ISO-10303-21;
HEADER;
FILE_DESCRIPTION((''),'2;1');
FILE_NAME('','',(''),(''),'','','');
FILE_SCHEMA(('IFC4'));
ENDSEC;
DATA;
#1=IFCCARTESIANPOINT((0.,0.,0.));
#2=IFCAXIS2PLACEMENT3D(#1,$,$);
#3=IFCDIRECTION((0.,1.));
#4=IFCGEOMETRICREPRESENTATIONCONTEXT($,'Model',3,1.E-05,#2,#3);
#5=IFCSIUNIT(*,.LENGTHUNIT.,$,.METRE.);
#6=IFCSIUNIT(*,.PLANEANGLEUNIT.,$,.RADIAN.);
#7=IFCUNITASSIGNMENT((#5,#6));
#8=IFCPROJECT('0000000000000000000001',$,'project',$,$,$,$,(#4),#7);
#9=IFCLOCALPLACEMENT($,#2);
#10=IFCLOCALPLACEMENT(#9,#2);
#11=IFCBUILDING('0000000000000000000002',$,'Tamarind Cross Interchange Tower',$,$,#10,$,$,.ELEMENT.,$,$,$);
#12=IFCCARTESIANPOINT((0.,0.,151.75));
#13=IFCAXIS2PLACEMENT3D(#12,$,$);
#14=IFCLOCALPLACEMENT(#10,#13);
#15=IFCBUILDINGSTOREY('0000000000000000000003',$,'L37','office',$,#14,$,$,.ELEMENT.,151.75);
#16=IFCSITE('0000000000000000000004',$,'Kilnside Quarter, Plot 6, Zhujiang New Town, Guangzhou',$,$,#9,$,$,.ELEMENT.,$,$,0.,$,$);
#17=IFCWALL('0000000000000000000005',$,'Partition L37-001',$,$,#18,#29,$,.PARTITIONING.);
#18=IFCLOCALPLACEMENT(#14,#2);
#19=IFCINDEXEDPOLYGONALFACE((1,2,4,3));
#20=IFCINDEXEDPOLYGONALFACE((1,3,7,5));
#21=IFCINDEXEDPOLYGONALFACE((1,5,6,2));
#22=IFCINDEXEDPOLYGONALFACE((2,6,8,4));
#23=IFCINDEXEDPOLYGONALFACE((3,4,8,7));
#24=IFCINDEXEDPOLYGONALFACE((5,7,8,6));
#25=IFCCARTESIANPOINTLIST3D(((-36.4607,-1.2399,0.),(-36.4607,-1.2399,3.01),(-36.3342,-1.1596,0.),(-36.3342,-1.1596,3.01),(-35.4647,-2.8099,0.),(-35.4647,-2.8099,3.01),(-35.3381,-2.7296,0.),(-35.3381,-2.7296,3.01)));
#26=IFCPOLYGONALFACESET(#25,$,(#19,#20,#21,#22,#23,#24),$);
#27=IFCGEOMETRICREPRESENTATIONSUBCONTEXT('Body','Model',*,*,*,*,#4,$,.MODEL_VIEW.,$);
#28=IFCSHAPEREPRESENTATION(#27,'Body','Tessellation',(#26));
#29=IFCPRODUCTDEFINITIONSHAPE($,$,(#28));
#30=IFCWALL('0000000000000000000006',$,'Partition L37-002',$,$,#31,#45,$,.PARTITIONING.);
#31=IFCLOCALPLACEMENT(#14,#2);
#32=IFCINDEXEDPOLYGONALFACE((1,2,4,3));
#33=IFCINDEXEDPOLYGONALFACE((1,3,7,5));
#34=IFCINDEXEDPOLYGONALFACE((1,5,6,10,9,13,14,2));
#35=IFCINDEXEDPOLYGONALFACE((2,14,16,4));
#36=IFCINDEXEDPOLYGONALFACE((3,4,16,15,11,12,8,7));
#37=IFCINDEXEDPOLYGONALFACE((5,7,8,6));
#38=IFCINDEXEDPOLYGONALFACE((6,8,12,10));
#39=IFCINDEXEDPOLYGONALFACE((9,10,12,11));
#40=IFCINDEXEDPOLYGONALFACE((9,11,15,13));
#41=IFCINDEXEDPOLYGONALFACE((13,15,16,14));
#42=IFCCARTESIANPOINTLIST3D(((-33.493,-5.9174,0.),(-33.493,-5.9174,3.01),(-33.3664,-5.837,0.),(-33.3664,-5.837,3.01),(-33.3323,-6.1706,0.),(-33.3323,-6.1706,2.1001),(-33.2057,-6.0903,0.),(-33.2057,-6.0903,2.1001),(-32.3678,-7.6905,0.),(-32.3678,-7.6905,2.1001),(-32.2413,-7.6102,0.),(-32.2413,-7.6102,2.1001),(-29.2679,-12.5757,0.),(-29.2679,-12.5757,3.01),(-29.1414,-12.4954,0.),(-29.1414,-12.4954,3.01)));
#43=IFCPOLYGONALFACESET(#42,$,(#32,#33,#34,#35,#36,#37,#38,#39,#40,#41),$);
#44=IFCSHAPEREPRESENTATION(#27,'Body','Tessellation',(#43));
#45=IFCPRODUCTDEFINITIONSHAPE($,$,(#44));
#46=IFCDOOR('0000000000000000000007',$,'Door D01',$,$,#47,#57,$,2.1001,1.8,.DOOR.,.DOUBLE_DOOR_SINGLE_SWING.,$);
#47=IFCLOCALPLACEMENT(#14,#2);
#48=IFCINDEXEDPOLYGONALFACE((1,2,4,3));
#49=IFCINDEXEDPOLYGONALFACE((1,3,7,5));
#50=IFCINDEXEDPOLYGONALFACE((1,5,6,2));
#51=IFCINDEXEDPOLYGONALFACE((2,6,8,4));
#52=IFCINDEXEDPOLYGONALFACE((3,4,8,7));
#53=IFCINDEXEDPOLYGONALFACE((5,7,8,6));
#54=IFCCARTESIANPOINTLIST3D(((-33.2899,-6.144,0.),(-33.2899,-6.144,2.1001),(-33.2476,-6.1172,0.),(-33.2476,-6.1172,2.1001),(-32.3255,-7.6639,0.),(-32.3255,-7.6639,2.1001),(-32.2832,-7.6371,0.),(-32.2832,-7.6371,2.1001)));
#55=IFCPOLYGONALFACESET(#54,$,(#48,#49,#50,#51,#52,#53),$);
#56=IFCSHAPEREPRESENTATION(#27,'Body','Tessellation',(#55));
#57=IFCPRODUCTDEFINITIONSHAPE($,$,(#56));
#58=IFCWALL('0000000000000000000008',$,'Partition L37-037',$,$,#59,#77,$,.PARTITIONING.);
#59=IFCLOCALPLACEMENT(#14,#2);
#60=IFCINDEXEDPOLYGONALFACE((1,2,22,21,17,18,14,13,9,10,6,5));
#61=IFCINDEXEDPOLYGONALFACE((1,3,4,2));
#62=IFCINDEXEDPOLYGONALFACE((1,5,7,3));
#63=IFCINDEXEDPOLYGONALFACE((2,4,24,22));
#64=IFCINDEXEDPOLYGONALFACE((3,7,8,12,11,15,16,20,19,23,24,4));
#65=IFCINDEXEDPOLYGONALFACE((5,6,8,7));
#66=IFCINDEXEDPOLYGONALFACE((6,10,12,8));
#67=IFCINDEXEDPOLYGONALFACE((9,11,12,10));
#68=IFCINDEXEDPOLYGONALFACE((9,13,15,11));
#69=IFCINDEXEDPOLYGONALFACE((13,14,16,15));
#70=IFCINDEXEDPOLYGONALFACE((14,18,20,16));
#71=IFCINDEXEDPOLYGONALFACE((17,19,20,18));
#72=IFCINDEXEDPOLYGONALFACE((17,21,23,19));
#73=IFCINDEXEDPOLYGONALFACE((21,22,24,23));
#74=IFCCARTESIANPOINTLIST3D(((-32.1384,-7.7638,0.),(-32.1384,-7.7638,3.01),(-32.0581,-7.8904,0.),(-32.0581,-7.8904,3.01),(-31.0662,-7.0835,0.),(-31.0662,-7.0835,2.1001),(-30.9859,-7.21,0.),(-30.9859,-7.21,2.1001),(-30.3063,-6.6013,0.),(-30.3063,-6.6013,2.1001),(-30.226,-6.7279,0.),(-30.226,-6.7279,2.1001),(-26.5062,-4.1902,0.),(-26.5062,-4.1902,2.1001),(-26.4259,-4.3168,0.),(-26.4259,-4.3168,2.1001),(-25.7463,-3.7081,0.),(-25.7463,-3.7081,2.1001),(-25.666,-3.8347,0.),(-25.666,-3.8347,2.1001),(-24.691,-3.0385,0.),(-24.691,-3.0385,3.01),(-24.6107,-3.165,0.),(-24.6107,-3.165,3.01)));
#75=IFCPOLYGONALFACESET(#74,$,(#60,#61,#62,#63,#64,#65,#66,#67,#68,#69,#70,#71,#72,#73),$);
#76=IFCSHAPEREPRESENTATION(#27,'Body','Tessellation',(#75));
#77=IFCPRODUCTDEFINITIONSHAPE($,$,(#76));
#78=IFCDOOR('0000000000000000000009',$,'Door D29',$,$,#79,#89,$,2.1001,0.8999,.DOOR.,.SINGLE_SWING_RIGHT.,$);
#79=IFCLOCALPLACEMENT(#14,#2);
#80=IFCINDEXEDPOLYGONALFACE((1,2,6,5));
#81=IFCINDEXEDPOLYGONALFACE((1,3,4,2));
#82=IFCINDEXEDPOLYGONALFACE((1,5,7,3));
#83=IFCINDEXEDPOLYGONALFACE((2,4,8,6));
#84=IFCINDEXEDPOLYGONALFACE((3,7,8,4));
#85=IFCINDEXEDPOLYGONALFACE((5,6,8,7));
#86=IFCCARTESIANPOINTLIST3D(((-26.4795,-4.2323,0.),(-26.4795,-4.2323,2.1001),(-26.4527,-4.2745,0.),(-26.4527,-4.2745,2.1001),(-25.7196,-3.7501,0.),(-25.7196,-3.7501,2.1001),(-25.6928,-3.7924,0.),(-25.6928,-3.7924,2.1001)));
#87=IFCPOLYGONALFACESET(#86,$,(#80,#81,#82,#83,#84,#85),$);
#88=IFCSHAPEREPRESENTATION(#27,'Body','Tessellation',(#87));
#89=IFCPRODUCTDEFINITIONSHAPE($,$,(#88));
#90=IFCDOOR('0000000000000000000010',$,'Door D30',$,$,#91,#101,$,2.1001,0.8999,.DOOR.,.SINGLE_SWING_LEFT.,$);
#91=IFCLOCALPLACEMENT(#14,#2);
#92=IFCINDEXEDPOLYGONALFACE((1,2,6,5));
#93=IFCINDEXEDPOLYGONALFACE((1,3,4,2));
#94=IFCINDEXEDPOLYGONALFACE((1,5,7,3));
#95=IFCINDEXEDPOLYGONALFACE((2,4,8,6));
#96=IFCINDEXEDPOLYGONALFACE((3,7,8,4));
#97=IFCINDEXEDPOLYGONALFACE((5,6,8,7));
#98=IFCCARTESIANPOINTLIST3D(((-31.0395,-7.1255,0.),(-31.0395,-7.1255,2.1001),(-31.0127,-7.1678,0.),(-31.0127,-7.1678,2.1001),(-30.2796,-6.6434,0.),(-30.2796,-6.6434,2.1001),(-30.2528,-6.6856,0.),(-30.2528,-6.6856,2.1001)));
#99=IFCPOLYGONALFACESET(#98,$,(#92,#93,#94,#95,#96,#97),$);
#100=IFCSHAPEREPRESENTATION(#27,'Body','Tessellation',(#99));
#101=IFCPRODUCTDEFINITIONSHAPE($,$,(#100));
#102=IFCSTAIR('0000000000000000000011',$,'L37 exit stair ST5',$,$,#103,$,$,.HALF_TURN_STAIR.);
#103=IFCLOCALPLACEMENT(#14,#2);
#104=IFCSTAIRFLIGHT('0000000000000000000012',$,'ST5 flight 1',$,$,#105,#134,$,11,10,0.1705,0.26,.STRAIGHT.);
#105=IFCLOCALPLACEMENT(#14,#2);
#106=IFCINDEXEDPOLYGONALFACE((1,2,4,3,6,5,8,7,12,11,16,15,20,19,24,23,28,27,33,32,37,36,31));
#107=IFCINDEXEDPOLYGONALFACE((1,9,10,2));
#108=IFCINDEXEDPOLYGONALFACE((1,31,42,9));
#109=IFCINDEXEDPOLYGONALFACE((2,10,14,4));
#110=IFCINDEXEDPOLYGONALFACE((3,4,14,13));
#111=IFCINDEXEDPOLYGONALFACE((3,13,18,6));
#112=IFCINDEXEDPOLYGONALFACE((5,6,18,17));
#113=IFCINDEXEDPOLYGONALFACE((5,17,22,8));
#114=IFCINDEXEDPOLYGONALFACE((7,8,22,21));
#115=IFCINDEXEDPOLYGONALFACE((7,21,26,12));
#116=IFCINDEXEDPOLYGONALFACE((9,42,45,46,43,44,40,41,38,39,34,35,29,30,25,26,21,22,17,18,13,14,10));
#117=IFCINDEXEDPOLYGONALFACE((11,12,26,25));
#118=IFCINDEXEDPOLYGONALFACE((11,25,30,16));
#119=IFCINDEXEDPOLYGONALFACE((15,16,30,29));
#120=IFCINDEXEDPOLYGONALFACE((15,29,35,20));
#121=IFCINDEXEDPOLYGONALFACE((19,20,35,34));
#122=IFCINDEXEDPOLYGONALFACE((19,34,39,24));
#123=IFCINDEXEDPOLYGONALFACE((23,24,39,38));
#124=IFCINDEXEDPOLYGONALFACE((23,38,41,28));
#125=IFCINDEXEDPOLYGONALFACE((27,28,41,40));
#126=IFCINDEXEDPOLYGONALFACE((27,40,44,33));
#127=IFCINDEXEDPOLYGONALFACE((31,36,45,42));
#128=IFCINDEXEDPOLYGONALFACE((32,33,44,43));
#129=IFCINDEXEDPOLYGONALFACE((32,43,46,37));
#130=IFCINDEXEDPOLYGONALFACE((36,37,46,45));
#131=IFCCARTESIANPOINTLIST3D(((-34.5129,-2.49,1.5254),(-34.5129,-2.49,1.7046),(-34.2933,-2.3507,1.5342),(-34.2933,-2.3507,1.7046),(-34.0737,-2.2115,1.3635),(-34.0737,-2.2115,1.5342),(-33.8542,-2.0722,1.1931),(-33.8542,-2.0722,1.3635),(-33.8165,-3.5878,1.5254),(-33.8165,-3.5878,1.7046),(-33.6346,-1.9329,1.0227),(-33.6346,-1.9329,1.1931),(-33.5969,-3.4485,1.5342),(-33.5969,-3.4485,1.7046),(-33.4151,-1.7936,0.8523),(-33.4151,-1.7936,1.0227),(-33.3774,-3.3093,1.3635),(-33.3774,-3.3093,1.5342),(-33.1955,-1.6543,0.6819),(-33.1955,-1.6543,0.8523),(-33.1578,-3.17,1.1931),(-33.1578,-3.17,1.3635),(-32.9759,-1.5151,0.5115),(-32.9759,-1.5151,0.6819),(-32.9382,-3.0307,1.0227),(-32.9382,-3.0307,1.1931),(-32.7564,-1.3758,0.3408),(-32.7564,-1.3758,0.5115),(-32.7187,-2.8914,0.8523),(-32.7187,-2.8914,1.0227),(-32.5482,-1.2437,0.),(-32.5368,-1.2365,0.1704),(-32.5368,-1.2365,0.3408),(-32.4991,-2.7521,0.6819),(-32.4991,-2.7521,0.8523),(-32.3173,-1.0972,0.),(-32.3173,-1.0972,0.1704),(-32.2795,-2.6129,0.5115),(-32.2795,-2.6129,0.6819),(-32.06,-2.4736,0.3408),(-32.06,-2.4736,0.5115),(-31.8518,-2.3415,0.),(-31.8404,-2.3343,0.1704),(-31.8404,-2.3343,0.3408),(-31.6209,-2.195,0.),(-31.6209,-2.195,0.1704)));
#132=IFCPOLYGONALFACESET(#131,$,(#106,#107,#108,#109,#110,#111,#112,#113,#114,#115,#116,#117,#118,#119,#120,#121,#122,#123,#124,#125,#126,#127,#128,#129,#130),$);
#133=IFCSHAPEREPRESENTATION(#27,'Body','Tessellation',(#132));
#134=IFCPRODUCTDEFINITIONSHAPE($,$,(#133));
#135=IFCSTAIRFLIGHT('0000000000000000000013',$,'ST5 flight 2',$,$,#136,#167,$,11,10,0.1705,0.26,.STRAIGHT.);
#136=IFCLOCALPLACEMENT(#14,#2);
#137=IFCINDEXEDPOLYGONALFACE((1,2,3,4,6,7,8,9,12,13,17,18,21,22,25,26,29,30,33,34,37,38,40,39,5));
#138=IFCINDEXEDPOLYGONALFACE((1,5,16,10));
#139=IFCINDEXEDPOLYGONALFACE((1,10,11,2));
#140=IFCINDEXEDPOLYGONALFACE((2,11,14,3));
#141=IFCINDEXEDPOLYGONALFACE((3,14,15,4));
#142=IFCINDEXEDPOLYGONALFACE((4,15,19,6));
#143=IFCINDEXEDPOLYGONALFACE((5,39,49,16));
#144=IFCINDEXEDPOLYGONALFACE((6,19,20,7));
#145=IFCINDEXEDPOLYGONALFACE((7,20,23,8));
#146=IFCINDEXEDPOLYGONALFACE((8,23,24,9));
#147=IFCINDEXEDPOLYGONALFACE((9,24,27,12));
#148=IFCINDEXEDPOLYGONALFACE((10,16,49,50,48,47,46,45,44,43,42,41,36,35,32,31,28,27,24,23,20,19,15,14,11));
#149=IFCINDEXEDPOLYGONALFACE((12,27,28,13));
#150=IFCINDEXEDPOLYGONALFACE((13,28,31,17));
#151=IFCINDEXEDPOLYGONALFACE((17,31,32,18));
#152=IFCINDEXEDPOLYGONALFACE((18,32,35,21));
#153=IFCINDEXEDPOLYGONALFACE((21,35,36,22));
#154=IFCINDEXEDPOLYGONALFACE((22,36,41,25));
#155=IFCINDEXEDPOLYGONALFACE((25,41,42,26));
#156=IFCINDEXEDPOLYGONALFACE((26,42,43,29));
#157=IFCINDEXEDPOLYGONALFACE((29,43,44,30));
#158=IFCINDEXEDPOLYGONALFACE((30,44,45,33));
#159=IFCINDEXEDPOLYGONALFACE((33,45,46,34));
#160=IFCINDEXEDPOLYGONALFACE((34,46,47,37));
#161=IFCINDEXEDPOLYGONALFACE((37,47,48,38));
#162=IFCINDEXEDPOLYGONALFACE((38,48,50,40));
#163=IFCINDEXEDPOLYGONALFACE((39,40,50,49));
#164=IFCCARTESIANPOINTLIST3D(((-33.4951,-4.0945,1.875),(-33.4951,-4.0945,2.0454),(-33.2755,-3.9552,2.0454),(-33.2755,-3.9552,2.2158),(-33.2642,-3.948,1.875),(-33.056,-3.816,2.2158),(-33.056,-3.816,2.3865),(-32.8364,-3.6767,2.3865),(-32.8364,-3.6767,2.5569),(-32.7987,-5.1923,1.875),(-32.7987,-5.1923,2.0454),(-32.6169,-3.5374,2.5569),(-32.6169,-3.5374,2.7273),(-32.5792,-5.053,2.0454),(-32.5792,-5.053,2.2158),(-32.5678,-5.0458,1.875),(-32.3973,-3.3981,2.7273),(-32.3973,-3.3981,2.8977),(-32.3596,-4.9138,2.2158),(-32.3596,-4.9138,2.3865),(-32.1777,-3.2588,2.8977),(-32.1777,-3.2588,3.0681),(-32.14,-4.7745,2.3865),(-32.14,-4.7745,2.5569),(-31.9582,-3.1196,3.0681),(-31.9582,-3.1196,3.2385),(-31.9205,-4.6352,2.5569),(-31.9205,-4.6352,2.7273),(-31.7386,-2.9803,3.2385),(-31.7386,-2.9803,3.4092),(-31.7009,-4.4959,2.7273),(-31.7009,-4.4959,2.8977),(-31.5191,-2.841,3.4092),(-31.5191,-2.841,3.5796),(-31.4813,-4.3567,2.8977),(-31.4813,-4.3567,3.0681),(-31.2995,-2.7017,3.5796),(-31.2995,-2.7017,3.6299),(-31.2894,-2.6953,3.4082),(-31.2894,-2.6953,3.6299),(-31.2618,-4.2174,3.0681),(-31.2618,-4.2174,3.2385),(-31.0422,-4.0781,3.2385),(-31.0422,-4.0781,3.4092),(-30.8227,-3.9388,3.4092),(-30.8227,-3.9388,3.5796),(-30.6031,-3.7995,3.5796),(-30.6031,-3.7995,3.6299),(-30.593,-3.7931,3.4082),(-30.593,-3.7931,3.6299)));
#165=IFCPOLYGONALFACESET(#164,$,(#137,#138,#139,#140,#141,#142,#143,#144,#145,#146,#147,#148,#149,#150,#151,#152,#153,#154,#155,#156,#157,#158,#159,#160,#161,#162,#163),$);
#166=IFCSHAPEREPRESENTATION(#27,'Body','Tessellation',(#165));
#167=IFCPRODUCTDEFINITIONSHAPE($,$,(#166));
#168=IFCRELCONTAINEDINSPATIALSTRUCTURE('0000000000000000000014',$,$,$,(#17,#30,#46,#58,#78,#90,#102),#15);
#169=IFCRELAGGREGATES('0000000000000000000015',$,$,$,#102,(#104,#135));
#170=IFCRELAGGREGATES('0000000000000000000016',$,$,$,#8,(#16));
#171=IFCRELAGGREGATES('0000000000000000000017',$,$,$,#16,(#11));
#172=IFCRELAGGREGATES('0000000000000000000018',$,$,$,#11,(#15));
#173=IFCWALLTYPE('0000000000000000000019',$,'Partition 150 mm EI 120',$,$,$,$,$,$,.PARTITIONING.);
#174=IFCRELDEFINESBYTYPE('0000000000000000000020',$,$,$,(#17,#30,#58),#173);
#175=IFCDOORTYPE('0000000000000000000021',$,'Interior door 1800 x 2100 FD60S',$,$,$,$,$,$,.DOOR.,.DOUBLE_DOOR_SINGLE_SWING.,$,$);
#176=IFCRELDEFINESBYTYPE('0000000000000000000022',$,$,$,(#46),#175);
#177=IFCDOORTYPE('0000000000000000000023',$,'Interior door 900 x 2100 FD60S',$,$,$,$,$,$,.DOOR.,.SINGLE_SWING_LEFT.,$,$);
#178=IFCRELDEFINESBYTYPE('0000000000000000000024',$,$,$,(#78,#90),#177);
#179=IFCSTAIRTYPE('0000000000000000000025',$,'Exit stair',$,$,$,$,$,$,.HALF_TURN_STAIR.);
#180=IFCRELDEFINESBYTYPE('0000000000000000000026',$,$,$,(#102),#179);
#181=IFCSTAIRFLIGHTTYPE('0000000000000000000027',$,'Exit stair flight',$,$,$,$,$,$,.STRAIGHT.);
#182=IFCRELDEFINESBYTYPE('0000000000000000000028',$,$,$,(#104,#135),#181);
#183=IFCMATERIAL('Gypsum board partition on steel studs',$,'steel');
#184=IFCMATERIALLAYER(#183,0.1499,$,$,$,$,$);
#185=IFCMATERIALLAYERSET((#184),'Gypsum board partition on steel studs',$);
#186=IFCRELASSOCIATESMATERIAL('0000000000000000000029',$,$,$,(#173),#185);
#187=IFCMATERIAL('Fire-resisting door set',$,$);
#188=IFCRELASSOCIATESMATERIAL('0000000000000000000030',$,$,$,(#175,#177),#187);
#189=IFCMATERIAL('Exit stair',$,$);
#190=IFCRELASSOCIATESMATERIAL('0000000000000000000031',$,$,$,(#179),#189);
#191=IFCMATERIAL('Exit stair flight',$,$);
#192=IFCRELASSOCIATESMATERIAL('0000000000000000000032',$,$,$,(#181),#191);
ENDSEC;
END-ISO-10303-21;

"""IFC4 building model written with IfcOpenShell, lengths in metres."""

from ifc_helpers import new_model, si_unit, direction, frame, frame_2d, origin, place, context, subcontext, project, spatial, polyline, rectangle, outline, extrude, material, layer, layer_set, type_object, element, fill, aggregate, save


model = new_model("IFC4")

# Units and contexts
model_context = context("Model", 3, precision=1e-05, world=origin(), true_north=direction((0.0, 1.0)))
body_context = subcontext(model_context, "Body", "Model", "MODEL_VIEW")
ifc_project = project(units=[si_unit("LENGTHUNIT", "METRE"), si_unit("PLANEANGLEUNIT", "RADIAN")], contexts=[model_context])

# Site, building, storey
site_placement = place(None, origin())
site = spatial("IfcSite", under=ifc_project, at=site_placement, Name="Kilnside Quarter, Plot 6, Zhujiang New Town, Guangzhou", CompositionType="ELEMENT", RefElevation=0.0)
building_placement = place(site_placement, origin())
building = spatial("IfcBuilding", under=site, at=building_placement, Name="Tamarind Cross Interchange Tower", CompositionType="ELEMENT")
storey_placement = place(building_placement, frame((0.0, 0.0, 151.75)))
storey = spatial("IfcBuildingStorey", under=building, at=storey_placement, Name="L37", Description="office", CompositionType="ELEMENT", Elevation=151.75)

# Wall
ifc_material_1 = material(Name="Gypsum board partition on steel studs", Category="steel")
ifc_layer_1 = layer(ifc_material_1, 0.1499)
ifc_layer_set_1 = layer_set([ifc_layer_1], Name="Gypsum board partition on steel studs")
wall_type = type_object("IfcWallType", Name="Partition 150 mm EI 120", PredefinedType="PARTITIONING", material=ifc_layer_set_1)
wall_1_placement = place(storey_placement, frame((-36.3975, -1.1997, 0.0), z_axis=(0.0, 0.0, 1.0), x_axis=(0.535711, -0.844401, 0.0)))
element("IfcWall", 1, at=wall_1_placement, inside=storey, type_object=wall_type, Name="Partition L37-001", PredefinedType="PARTITIONING", context=body_context, shape_type="SweptSolid", body=[
    extrude(rectangle(XDim=1.8594, YDim=0.1499, at=frame_2d((0.9297, 0.0))), origin(), (0.0, 0.0, 1.0), 3.01),
])

# Wall, opening, door
wall_2_placement = place(storey_placement, frame((-33.4297, -5.8772, 0.0), z_axis=(0.0, 0.0, 1.0), x_axis=(0.535783, -0.844356, 0.0)))
wall_2 = element("IfcWall", 2, at=wall_2_placement, inside=storey, type_object=wall_type, Name="Partition L37-002", PredefinedType="PARTITIONING", context=body_context, shape_type="SweptSolid", body=[
    extrude(rectangle(XDim=7.8857, YDim=0.1499, at=frame_2d((3.9429, 0.0))), origin(), (0.0, 0.0, 1.0), 3.01),
])
opening_1_placement = place(wall_2_placement, frame((0.3, 0.0, 0.0)))
opening_1 = element("IfcOpeningElement", 3, at=opening_1_placement, cuts=wall_2, PredefinedType="OPENING", context=body_context, shape_type="SweptSolid", body=[
    extrude(rectangle(XDim=1.8, YDim=2.1001, at=frame_2d((0.8999, 1.05))), frame((0.0, 0.085, 0.0), z_axis=(0.0, -1.0, 0.0), x_axis=(1.0, 0.0, 0.0)), (0.0, 0.0, 1.0), 0.1699),
])
ifc_material_2 = material(Name="Fire-resisting door set")
door_type_1 = type_object("IfcDoorType", Name="Interior door 1800 x 2100 FD60S", OperationType="DOUBLE_DOOR_SINGLE_SWING", PredefinedType="DOOR", material=ifc_material_2)
door_1_placement = place(opening_1_placement, frame((1.8, 0.0, 0.0), z_axis=(0.0, 0.0, 1.0), x_axis=(-1.0, 0.0, 0.0)))
door_1 = element("IfcDoor", 4, at=door_1_placement, inside=storey, type_object=door_type_1, Name="Door D01", OperationType="DOUBLE_DOOR_SINGLE_SWING", OverallHeight=2.1001, OverallWidth=1.8, PredefinedType="DOOR", context=body_context, shape_type="SweptSolid", body=[
    extrude(rectangle(XDim=1.8, YDim=2.1001, at=frame_2d((0.8999, 1.05))), frame((0.0, 0.0249, 0.0), z_axis=(0.0, -1.0, 0.0), x_axis=(1.0, 0.0, 0.0)), (0.0, 0.0, 1.0), 0.05),
])
fill(opening_1, door_1)

# Wall, openings, doors
wall_3_placement = place(storey_placement, frame((-32.0984, -7.8271, 0.0), z_axis=(0.0, 0.0, 1.0), x_axis=(0.844379, 0.535747, 0.0)))
wall_3 = element("IfcWall", 5, at=wall_3_placement, inside=storey, type_object=wall_type, Name="Partition L37-037", PredefinedType="PARTITIONING", context=body_context, shape_type="SweptSolid", body=[
    extrude(rectangle(XDim=8.8201, YDim=0.1499, at=frame_2d((4.4102, 0.0))), origin(), (0.0, 0.0, 1.0), 3.01),
])
opening_2_placement = place(wall_3_placement, frame((6.6704, 0.0, 0.0)))
opening_2 = element("IfcOpeningElement", 6, at=opening_2_placement, cuts=wall_3, PredefinedType="OPENING", context=body_context, shape_type="SweptSolid", body=[
    extrude(rectangle(XDim=0.8999, YDim=2.1001, at=frame_2d((0.45, 1.05))), frame((0.0, 0.085, 0.0), z_axis=(0.0, -1.0, 0.0), x_axis=(1.0, 0.0, 0.0)), (0.0, 0.0, 1.0), 0.1699),
])
opening_3_placement = place(wall_3_placement, frame((1.27, 0.0, 0.0)))
opening_3 = element("IfcOpeningElement", 7, at=opening_3_placement, cuts=wall_3, PredefinedType="OPENING", context=body_context, shape_type="SweptSolid", body=[
    extrude(rectangle(XDim=0.8999, YDim=2.1001, at=frame_2d((0.45, 1.05))), frame((0.0, 0.085, 0.0), z_axis=(0.0, -1.0, 0.0), x_axis=(1.0, 0.0, 0.0)), (0.0, 0.0, 1.0), 0.1699),
])
door_type_2 = type_object("IfcDoorType", Name="Interior door 900 x 2100 FD60S", OperationType="SINGLE_SWING_LEFT", PredefinedType="DOOR", material=ifc_material_2)
door_2_placement = place(opening_2_placement, frame((0.8999, 0.0, 0.0), z_axis=(0.0, 0.0, 1.0), x_axis=(-1.0, 0.0, 0.0)))
door_2 = element("IfcDoor", 8, at=door_2_placement, inside=storey, type_object=door_type_2, Name="Door D29", OperationType="SINGLE_SWING_RIGHT", OverallHeight=2.1001, OverallWidth=0.8999, PredefinedType="DOOR", context=body_context, shape_type="SweptSolid", body=[
    extrude(rectangle(XDim=0.8999, YDim=2.1001, at=frame_2d((0.45, 1.05))), frame((0.0, 0.0249, 0.0), z_axis=(0.0, -1.0, 0.0), x_axis=(1.0, 0.0, 0.0)), (0.0, 0.0, 1.0), 0.05),
])
fill(opening_2, door_2)
door_3_placement = place(opening_3_placement, frame((0.8999, 0.0, 0.0), z_axis=(0.0, 0.0, 1.0), x_axis=(-1.0, 0.0, 0.0)))
door_3 = element("IfcDoor", 9, at=door_3_placement, inside=storey, type_object=door_type_2, Name="Door D30", OperationType="SINGLE_SWING_LEFT", OverallHeight=2.1001, OverallWidth=0.8999, PredefinedType="DOOR", context=body_context, shape_type="SweptSolid", body=[
    extrude(rectangle(XDim=0.8999, YDim=2.1001, at=frame_2d((0.45, 1.05))), frame((0.0, 0.0249, 0.0), z_axis=(0.0, -1.0, 0.0), x_axis=(1.0, 0.0, 0.0)), (0.0, 0.0, 1.0), 0.05),
])
fill(opening_3, door_3)

# Stair, stair flights
ifc_material_3 = material(Name="Exit stair")
stair_type = type_object("IfcStairType", Name="Exit stair", PredefinedType="HALF_TURN_STAIR", material=ifc_material_3)
stair_placement = place(storey_placement, origin())
stair = element("IfcStair", 10, at=stair_placement, inside=storey, type_object=stair_type, Name="L37 exit stair ST5", PredefinedType="HALF_TURN_STAIR")
ifc_material_4 = material(Name="Exit stair flight")
stair_flight_type = type_object("IfcStairFlightType", Name="Exit stair flight", PredefinedType="STRAIGHT", material=ifc_material_4)
stair_flight_1_placement = place(storey_placement, frame((-31.969, -1.6462, 0.0), z_axis=(0.0, 0.0, 1.0), x_axis=(-0.844433, -0.535662, 0.0)))
stair_flight_1 = element("IfcStairFlight", 11, at=stair_flight_1_placement, type_object=stair_flight_type, Name="ST5 flight 1", NumberOfRisers=11, NumberOfTreads=10, PredefinedType="STRAIGHT", RiserHeight=0.1705, TreadLength=0.26, context=body_context, shape_type="SweptSolid", body=[
    extrude(outline(polyline([(0.0, 0.0), (0.0, 0.1704), (0.26, 0.1704), (0.26, 0.3408), (0.52, 0.3408), (0.52, 0.5115), (0.78, 0.5115), (0.78, 0.6819), (1.04, 0.6819), (1.04, 0.8523), (1.3, 0.8523), (1.3, 1.0227), (1.5601, 1.0227), (1.5601, 1.1931), (1.8201, 1.1931), (1.8201, 1.3635), (2.0801, 1.3635), (2.0801, 1.5342), (2.3401, 1.5342), (2.3401, 1.7046), (2.6001, 1.7046), (2.6001, 1.875), (2.6001, 1.5254), (0.2734, 0.0), (0.0, 0.0)])), frame((0.0, 0.6499, 0.0), z_axis=(0.0, -1.0, 0.0), x_axis=(1.0, 0.0, 0.0)), (0.0, 0.0, 1.0), 1.3),
])
stair_flight_2_placement = place(storey_placement, frame((-33.147, -4.6433, 1.875), z_axis=(0.0, 0.0, 1.0), x_axis=(0.844433, 0.535662, 0.0)))
stair_flight_2 = element("IfcStairFlight", 12, at=stair_flight_2_placement, type_object=stair_flight_type, Name="ST5 flight 2", NumberOfRisers=11, NumberOfTreads=10, PredefinedType="STRAIGHT", RiserHeight=0.1705, TreadLength=0.26, context=body_context, shape_type="SweptSolid", body=[
    extrude(outline(polyline([(0.0, 0.0), (0.0, 0.1704), (0.26, 0.1704), (0.26, 0.3408), (0.52, 0.3408), (0.52, 0.5115), (0.78, 0.5115), (0.78, 0.6819), (1.04, 0.6819), (1.04, 0.8523), (1.3, 0.8523), (1.3, 1.0227), (1.5601, 1.0227), (1.5601, 1.1931), (1.8201, 1.1931), (1.8201, 1.3635), (2.0801, 1.3635), (2.0801, 1.5342), (2.3401, 1.5342), (2.3401, 1.7046), (2.6001, 1.7046), (2.6001, 1.7549), (2.6121, 1.7549), (2.6121, 1.5332), (0.2734, 0.0), (0.0, 0.0)])), frame((0.0, 0.6499, 0.0), z_axis=(0.0, -1.0, 0.0), x_axis=(1.0, 0.0, 0.0)), (0.0, 0.0, 1.0), 1.3),
])
aggregate(stair, [stair_flight_1, stair_flight_2])

save(model, "model.ifc")
